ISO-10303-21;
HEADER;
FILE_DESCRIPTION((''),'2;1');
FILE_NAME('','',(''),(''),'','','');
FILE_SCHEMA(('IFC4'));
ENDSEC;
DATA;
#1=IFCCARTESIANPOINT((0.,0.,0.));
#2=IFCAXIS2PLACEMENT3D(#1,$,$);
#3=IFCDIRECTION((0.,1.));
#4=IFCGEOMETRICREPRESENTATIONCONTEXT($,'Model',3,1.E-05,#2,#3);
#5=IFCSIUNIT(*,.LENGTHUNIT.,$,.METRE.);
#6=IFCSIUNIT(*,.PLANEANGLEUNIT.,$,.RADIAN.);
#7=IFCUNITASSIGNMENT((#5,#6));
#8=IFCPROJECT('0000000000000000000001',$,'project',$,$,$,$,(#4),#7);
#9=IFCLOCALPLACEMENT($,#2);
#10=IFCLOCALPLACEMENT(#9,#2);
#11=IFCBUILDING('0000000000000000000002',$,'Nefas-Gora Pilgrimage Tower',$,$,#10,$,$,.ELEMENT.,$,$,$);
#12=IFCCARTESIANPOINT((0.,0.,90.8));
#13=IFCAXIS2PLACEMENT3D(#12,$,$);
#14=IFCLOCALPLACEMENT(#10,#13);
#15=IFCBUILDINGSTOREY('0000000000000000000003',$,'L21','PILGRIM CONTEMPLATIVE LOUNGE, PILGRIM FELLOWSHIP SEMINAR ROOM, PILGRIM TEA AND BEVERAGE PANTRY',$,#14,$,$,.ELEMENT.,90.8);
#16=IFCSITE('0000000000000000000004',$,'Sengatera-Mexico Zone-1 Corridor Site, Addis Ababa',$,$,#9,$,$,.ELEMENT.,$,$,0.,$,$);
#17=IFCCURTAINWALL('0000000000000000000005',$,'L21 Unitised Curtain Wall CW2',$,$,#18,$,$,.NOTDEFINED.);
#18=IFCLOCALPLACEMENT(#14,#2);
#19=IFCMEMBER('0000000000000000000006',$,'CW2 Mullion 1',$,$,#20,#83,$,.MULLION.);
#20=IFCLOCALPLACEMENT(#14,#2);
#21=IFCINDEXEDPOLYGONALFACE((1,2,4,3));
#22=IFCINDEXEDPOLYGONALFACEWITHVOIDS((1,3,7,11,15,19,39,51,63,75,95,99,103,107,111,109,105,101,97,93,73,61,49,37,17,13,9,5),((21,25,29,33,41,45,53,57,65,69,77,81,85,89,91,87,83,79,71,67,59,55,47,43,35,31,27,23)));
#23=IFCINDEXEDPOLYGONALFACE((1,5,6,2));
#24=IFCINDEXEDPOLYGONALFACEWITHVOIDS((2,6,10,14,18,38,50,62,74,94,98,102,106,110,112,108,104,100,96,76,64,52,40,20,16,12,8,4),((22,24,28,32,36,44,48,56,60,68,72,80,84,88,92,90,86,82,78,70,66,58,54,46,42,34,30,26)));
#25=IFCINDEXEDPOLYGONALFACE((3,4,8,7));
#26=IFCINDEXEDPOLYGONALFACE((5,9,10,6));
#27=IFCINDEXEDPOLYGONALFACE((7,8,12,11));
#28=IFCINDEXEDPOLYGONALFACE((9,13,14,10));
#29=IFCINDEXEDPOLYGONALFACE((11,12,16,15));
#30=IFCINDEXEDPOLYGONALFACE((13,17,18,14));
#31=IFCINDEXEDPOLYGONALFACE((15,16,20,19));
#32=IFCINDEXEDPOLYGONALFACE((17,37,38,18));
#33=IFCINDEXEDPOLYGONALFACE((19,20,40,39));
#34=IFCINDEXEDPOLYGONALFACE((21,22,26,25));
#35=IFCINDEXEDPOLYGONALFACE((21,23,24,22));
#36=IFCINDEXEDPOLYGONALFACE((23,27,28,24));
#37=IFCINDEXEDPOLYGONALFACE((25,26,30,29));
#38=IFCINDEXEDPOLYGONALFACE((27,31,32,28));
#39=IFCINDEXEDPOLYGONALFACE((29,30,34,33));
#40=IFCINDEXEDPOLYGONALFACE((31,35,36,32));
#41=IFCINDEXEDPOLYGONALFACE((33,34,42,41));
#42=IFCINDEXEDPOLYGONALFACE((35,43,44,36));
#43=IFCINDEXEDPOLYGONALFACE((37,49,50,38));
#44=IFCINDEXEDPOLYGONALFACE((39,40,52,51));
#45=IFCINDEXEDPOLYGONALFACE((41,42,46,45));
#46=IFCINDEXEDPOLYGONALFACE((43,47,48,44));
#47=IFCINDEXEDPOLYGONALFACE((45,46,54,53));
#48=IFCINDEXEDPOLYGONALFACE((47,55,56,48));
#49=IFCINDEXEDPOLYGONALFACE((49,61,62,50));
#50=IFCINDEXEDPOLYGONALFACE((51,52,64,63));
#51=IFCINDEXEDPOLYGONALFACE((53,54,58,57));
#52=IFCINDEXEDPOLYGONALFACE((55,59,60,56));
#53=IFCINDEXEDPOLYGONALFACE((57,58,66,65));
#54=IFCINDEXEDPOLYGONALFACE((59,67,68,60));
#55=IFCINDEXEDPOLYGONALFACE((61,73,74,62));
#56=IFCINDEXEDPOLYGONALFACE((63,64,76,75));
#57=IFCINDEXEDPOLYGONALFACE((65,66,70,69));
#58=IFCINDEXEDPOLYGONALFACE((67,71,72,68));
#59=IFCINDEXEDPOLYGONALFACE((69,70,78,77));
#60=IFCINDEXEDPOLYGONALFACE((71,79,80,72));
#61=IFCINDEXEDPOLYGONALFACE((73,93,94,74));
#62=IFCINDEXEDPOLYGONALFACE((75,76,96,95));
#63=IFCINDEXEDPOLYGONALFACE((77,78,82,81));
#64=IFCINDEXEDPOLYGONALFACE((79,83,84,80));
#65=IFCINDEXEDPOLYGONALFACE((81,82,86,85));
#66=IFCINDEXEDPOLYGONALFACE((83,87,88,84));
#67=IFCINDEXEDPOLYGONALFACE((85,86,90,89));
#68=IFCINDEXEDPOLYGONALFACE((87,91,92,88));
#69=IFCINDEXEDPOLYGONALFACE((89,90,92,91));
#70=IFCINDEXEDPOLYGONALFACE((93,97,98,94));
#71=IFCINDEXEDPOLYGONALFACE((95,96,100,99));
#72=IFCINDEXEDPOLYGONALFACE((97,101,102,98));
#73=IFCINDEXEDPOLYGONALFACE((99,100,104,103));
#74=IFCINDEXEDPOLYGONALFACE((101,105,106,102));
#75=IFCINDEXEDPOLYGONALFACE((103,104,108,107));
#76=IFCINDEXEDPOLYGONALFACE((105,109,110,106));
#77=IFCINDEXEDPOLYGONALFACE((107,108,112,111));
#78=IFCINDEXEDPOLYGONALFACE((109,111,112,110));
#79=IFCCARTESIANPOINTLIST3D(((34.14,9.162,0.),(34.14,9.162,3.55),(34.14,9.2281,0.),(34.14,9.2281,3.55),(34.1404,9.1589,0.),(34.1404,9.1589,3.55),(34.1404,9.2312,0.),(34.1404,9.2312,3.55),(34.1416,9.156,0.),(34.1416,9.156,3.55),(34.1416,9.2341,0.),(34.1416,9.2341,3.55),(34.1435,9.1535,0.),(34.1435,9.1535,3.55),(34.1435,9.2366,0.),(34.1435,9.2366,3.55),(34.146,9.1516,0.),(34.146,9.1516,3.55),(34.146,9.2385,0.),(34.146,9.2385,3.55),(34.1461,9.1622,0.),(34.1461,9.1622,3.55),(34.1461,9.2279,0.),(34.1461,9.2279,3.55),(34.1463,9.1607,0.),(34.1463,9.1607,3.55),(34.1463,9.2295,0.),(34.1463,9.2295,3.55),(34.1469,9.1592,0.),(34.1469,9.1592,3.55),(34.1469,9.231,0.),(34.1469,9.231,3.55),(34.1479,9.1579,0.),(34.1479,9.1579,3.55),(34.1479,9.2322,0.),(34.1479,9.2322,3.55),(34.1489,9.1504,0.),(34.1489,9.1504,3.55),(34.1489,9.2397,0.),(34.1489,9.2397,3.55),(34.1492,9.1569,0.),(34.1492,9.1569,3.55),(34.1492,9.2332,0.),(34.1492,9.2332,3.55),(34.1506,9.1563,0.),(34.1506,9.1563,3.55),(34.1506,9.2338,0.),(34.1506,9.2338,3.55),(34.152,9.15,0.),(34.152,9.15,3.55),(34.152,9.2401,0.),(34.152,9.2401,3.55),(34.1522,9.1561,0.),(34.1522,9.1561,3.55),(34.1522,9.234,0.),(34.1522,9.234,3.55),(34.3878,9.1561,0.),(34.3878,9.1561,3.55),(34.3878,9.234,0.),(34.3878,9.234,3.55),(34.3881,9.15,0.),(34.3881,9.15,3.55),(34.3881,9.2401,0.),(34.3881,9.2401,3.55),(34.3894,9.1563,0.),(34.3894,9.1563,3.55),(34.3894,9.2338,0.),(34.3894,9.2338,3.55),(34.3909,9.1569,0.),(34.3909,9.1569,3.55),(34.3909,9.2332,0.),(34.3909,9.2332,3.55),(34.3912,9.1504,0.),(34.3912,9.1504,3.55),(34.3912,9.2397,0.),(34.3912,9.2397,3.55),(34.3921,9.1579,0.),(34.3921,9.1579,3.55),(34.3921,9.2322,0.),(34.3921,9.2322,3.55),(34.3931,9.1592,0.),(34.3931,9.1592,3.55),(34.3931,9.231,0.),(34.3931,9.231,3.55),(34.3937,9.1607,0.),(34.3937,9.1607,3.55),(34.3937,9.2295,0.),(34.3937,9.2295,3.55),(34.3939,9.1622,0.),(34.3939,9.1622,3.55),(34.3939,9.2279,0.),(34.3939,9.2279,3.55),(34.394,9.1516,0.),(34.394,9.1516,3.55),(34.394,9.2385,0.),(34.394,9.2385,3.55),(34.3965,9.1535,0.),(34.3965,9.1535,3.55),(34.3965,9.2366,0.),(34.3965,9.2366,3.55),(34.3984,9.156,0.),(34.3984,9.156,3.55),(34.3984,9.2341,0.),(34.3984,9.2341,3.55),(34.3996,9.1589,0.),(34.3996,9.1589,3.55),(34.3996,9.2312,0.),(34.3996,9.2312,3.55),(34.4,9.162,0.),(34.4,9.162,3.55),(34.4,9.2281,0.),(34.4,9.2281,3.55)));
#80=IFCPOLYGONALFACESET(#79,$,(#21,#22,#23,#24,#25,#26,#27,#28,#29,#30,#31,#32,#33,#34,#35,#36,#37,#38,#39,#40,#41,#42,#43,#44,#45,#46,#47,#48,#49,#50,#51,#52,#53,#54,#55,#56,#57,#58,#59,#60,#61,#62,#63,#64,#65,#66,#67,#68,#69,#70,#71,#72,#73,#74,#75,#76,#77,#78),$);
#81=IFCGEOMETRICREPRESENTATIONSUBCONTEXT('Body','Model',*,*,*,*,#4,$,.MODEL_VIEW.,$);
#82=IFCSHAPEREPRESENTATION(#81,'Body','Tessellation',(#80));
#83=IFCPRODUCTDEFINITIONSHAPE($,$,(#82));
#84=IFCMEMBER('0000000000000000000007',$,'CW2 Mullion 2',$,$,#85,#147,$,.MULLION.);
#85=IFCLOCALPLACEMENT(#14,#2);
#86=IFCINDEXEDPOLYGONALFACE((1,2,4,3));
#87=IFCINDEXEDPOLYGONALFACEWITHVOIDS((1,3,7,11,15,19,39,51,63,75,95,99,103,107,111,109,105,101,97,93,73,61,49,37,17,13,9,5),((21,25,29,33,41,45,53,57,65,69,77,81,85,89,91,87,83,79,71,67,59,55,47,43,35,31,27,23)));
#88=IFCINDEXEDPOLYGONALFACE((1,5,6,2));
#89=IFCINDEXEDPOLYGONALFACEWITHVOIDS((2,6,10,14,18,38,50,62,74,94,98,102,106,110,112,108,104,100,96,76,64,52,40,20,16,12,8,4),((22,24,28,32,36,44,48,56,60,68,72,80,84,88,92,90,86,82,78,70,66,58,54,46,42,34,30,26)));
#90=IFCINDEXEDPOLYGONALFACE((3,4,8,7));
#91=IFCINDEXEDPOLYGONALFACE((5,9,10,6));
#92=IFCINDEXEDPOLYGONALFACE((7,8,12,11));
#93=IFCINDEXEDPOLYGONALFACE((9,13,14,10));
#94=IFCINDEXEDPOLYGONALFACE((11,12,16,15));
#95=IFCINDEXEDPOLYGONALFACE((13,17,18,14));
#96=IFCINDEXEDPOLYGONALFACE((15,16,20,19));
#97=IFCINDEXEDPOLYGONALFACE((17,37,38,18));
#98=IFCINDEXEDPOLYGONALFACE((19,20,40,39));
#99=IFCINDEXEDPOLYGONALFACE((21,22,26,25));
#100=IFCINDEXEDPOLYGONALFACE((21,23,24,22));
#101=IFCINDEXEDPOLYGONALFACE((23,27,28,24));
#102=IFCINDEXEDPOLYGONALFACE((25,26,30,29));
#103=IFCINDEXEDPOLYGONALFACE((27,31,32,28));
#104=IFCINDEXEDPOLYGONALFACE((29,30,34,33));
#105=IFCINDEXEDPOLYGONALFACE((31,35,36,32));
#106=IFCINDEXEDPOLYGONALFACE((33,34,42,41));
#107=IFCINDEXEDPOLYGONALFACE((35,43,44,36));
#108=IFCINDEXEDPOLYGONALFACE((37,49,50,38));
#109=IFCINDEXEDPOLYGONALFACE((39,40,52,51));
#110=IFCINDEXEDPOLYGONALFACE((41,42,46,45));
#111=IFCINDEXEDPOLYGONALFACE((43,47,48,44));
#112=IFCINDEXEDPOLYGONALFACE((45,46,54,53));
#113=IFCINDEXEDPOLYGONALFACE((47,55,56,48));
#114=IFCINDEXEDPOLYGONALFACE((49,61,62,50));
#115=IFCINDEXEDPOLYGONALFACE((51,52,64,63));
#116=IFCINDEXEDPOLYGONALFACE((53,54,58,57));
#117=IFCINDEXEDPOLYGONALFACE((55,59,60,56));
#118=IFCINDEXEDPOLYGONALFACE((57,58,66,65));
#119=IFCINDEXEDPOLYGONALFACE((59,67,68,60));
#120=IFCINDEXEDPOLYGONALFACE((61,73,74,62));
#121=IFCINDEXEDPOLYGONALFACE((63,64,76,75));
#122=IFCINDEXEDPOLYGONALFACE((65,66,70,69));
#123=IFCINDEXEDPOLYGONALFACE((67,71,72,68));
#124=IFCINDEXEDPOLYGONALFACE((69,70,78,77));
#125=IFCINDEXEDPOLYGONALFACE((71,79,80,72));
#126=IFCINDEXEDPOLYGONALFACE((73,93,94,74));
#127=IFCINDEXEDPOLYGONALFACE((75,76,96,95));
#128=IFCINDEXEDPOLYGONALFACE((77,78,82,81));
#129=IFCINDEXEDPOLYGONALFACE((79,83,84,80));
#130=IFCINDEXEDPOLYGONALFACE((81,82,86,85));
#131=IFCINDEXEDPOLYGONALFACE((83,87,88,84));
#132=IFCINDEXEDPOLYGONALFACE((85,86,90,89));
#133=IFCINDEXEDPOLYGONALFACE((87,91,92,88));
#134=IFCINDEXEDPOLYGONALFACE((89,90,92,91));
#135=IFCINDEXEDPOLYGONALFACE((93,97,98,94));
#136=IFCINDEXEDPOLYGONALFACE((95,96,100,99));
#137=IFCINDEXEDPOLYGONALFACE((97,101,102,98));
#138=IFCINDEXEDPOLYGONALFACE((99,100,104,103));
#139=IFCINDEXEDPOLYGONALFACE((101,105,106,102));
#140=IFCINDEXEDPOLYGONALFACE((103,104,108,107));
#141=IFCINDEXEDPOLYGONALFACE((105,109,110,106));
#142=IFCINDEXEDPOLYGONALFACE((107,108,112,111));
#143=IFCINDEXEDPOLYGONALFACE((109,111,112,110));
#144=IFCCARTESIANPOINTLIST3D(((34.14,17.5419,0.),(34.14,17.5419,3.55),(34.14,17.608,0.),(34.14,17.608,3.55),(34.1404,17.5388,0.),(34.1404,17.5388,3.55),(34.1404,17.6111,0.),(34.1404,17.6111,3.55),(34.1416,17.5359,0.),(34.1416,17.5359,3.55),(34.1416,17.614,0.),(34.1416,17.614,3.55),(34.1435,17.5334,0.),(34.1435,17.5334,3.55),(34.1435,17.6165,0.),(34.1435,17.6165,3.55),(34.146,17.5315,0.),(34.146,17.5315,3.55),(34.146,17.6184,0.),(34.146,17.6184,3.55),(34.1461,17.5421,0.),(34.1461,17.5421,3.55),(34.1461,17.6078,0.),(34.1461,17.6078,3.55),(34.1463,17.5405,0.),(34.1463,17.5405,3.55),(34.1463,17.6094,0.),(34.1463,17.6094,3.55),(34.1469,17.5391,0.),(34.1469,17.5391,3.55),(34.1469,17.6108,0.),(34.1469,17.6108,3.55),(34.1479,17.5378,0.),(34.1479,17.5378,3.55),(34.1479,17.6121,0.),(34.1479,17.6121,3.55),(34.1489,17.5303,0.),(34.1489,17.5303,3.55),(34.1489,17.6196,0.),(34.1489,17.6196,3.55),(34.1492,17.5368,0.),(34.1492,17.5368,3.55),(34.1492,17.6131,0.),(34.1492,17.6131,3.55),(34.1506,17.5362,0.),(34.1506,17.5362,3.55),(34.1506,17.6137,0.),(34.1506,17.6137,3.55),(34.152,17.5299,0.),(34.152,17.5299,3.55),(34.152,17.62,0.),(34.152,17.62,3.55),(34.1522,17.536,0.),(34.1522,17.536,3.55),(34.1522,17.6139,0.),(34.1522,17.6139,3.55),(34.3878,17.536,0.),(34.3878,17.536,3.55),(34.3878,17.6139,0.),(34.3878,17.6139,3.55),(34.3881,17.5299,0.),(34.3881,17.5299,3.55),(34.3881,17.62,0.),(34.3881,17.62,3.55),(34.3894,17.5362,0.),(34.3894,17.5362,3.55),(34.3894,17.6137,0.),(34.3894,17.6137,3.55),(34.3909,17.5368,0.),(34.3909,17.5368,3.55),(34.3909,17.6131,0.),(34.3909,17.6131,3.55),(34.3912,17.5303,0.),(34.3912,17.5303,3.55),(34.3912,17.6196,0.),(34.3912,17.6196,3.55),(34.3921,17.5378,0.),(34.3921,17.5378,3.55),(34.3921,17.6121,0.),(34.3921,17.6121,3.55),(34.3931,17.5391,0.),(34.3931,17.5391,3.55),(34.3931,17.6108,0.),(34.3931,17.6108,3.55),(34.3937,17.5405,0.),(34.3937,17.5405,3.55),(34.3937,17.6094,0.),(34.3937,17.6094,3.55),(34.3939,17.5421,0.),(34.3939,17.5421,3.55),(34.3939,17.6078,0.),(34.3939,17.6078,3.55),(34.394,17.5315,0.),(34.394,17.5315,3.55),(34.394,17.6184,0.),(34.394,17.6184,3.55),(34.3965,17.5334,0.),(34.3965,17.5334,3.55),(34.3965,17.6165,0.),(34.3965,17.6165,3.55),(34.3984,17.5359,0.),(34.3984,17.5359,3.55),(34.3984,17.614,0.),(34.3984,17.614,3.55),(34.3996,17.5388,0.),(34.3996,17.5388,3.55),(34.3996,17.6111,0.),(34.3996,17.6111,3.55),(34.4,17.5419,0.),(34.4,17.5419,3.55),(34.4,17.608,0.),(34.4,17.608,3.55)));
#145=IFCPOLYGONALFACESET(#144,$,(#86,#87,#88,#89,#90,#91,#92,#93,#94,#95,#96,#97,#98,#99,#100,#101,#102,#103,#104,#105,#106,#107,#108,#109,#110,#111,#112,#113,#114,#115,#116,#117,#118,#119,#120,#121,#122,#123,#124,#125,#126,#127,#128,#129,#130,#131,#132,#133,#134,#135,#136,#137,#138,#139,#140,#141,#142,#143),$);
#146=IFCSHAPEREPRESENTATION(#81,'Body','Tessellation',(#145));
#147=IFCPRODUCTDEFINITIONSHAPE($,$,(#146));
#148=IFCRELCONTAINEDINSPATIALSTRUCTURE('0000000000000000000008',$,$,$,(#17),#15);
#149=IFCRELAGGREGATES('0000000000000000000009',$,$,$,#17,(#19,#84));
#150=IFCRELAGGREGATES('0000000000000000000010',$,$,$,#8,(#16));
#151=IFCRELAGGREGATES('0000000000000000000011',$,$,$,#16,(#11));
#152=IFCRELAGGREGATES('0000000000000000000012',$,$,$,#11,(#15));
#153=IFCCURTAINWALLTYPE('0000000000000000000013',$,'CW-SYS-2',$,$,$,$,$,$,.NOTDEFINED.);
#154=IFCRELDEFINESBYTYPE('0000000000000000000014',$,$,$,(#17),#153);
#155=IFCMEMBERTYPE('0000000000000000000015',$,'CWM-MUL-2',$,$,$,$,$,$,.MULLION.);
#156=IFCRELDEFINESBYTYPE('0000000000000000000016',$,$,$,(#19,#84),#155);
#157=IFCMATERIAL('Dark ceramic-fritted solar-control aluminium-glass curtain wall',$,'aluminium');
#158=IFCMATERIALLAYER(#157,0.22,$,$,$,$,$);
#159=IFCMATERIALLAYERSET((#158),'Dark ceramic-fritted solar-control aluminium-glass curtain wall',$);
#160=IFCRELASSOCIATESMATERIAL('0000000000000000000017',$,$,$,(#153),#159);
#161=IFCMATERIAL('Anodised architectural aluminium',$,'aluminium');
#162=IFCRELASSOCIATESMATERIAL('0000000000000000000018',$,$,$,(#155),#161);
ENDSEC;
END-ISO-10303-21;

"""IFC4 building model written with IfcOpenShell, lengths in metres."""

from ifc_helpers import new_model, si_unit, direction, frame, origin, origin_2d, place, context, subcontext, project, spatial, hollow_rectangle, extrude, source, transform, mapped, material, layer, layer_set, material_profile, profile_set, type_object, element, aggregate, save


model = new_model("IFC4")

# Units and contexts
model_context = context("Model", 3, precision=1e-05, world=origin(), true_north=direction((0.0, 1.0)))
body_context = subcontext(model_context, "Body", "Model", "MODEL_VIEW")
ifc_project = project(units=[si_unit("LENGTHUNIT", "METRE"), si_unit("PLANEANGLEUNIT", "RADIAN")], contexts=[model_context])

# Site, building, storey
site_placement = place(None, origin())
site = spatial("IfcSite", under=ifc_project, at=site_placement, Name="Sengatera-Mexico Zone-1 Corridor Site, Addis Ababa", CompositionType="ELEMENT", RefElevation=0.0)
building_placement = place(site_placement, origin())
building = spatial("IfcBuilding", under=site, at=building_placement, Name="Nefas-Gora Pilgrimage Tower", CompositionType="ELEMENT")
storey_placement = place(building_placement, frame((0.0, 0.0, 90.8)))
storey = spatial("IfcBuildingStorey", under=building, at=storey_placement, Name="L21", Description="PILGRIM CONTEMPLATIVE LOUNGE, PILGRIM FELLOWSHIP SEMINAR ROOM, PILGRIM TEA AND BEVERAGE PANTRY", CompositionType="ELEMENT", Elevation=90.8)

# Curtain wall, members
ifc_material_1 = material(Name="Dark ceramic-fritted solar-control aluminium-glass curtain wall", Category="aluminium")
ifc_layer_1 = layer(ifc_material_1, 0.22)
ifc_layer_set_1 = layer_set([ifc_layer_1], Name="Dark ceramic-fritted solar-control aluminium-glass curtain wall")
curtain_wall_type = type_object("IfcCurtainWallType", Name="CW-SYS-2", PredefinedType="NOTDEFINED", material=ifc_layer_set_1)
curtain_wall_1_placement = place(storey_placement, origin())
curtain_wall_1 = element("IfcCurtainWall", 1, at=curtain_wall_1_placement, inside=storey, type_object=curtain_wall_type, Name="L21 Unitised Curtain Wall CW2", PredefinedType="NOTDEFINED")
ifc_material_2 = material(Name="Anodised architectural aluminium", Category="aluminium")
ifc_material_profile_1 = material_profile(ifc_material_2, hollow_rectangle(XDim=0.0901, YDim=0.26, WallThickness=0.0061, InnerFilletRadius=0.0061, OuterFilletRadius=0.012, at=origin_2d()), Name="ALU MULLION 90x260")
ifc_profile_set_1 = profile_set([ifc_material_profile_1], Name="Anodised architectural aluminium")
member_type_1 = type_object("IfcMemberType", Name="CWM-MUL-2", PredefinedType="MULLION", material=ifc_profile_set_1)
shared_shape_1 = source(origin(), body_context, "Body", "SweptSolid", [
    extrude(hollow_rectangle(XDim=0.0901, YDim=0.26, WallThickness=0.0061, InnerFilletRadius=0.0061, OuterFilletRadius=0.012, at=origin_2d()), origin(), (0.0, 0.0, 1.0), 3.55),
])
member_1_placement = place(storey_placement, frame((34.27, 9.1951, 0.0), z_axis=(0.0, 0.0, 1.0), x_axis=(0.0, 1.0, 0.0)))
member_1 = element("IfcMember", 2, at=member_1_placement, type_object=member_type_1, Name="CW2 Mullion 1", PredefinedType="MULLION", context=body_context, shape_type="MappedRepresentation", body=[
    mapped(shared_shape_1, transform((0.0, 0.0, 0.0), x_axis=(1.0, 0.0, 0.0), y_axis=(0.0, 1.0, 0.0), z_axis=(0.0, 0.0, 1.0), scale=1.0)),
])
member_2_placement = place(storey_placement, frame((34.27, 17.575, 0.0), z_axis=(0.0, 0.0, 1.0), x_axis=(0.0, 1.0, 0.0)))
member_2 = element("IfcMember", 3, at=member_2_placement, type_object=member_type_1, Name="CW2 Mullion 2", PredefinedType="MULLION", context=body_context, shape_type="MappedRepresentation", body=[
    mapped(shared_shape_1, transform((0.0, 0.0, 0.0), x_axis=(1.0, 0.0, 0.0), y_axis=(0.0, 1.0, 0.0), z_axis=(0.0, 0.0, 1.0), scale=1.0)),
])

aggregate(curtain_wall_1, [member_1, member_2])

save(model, "model.ifc")
